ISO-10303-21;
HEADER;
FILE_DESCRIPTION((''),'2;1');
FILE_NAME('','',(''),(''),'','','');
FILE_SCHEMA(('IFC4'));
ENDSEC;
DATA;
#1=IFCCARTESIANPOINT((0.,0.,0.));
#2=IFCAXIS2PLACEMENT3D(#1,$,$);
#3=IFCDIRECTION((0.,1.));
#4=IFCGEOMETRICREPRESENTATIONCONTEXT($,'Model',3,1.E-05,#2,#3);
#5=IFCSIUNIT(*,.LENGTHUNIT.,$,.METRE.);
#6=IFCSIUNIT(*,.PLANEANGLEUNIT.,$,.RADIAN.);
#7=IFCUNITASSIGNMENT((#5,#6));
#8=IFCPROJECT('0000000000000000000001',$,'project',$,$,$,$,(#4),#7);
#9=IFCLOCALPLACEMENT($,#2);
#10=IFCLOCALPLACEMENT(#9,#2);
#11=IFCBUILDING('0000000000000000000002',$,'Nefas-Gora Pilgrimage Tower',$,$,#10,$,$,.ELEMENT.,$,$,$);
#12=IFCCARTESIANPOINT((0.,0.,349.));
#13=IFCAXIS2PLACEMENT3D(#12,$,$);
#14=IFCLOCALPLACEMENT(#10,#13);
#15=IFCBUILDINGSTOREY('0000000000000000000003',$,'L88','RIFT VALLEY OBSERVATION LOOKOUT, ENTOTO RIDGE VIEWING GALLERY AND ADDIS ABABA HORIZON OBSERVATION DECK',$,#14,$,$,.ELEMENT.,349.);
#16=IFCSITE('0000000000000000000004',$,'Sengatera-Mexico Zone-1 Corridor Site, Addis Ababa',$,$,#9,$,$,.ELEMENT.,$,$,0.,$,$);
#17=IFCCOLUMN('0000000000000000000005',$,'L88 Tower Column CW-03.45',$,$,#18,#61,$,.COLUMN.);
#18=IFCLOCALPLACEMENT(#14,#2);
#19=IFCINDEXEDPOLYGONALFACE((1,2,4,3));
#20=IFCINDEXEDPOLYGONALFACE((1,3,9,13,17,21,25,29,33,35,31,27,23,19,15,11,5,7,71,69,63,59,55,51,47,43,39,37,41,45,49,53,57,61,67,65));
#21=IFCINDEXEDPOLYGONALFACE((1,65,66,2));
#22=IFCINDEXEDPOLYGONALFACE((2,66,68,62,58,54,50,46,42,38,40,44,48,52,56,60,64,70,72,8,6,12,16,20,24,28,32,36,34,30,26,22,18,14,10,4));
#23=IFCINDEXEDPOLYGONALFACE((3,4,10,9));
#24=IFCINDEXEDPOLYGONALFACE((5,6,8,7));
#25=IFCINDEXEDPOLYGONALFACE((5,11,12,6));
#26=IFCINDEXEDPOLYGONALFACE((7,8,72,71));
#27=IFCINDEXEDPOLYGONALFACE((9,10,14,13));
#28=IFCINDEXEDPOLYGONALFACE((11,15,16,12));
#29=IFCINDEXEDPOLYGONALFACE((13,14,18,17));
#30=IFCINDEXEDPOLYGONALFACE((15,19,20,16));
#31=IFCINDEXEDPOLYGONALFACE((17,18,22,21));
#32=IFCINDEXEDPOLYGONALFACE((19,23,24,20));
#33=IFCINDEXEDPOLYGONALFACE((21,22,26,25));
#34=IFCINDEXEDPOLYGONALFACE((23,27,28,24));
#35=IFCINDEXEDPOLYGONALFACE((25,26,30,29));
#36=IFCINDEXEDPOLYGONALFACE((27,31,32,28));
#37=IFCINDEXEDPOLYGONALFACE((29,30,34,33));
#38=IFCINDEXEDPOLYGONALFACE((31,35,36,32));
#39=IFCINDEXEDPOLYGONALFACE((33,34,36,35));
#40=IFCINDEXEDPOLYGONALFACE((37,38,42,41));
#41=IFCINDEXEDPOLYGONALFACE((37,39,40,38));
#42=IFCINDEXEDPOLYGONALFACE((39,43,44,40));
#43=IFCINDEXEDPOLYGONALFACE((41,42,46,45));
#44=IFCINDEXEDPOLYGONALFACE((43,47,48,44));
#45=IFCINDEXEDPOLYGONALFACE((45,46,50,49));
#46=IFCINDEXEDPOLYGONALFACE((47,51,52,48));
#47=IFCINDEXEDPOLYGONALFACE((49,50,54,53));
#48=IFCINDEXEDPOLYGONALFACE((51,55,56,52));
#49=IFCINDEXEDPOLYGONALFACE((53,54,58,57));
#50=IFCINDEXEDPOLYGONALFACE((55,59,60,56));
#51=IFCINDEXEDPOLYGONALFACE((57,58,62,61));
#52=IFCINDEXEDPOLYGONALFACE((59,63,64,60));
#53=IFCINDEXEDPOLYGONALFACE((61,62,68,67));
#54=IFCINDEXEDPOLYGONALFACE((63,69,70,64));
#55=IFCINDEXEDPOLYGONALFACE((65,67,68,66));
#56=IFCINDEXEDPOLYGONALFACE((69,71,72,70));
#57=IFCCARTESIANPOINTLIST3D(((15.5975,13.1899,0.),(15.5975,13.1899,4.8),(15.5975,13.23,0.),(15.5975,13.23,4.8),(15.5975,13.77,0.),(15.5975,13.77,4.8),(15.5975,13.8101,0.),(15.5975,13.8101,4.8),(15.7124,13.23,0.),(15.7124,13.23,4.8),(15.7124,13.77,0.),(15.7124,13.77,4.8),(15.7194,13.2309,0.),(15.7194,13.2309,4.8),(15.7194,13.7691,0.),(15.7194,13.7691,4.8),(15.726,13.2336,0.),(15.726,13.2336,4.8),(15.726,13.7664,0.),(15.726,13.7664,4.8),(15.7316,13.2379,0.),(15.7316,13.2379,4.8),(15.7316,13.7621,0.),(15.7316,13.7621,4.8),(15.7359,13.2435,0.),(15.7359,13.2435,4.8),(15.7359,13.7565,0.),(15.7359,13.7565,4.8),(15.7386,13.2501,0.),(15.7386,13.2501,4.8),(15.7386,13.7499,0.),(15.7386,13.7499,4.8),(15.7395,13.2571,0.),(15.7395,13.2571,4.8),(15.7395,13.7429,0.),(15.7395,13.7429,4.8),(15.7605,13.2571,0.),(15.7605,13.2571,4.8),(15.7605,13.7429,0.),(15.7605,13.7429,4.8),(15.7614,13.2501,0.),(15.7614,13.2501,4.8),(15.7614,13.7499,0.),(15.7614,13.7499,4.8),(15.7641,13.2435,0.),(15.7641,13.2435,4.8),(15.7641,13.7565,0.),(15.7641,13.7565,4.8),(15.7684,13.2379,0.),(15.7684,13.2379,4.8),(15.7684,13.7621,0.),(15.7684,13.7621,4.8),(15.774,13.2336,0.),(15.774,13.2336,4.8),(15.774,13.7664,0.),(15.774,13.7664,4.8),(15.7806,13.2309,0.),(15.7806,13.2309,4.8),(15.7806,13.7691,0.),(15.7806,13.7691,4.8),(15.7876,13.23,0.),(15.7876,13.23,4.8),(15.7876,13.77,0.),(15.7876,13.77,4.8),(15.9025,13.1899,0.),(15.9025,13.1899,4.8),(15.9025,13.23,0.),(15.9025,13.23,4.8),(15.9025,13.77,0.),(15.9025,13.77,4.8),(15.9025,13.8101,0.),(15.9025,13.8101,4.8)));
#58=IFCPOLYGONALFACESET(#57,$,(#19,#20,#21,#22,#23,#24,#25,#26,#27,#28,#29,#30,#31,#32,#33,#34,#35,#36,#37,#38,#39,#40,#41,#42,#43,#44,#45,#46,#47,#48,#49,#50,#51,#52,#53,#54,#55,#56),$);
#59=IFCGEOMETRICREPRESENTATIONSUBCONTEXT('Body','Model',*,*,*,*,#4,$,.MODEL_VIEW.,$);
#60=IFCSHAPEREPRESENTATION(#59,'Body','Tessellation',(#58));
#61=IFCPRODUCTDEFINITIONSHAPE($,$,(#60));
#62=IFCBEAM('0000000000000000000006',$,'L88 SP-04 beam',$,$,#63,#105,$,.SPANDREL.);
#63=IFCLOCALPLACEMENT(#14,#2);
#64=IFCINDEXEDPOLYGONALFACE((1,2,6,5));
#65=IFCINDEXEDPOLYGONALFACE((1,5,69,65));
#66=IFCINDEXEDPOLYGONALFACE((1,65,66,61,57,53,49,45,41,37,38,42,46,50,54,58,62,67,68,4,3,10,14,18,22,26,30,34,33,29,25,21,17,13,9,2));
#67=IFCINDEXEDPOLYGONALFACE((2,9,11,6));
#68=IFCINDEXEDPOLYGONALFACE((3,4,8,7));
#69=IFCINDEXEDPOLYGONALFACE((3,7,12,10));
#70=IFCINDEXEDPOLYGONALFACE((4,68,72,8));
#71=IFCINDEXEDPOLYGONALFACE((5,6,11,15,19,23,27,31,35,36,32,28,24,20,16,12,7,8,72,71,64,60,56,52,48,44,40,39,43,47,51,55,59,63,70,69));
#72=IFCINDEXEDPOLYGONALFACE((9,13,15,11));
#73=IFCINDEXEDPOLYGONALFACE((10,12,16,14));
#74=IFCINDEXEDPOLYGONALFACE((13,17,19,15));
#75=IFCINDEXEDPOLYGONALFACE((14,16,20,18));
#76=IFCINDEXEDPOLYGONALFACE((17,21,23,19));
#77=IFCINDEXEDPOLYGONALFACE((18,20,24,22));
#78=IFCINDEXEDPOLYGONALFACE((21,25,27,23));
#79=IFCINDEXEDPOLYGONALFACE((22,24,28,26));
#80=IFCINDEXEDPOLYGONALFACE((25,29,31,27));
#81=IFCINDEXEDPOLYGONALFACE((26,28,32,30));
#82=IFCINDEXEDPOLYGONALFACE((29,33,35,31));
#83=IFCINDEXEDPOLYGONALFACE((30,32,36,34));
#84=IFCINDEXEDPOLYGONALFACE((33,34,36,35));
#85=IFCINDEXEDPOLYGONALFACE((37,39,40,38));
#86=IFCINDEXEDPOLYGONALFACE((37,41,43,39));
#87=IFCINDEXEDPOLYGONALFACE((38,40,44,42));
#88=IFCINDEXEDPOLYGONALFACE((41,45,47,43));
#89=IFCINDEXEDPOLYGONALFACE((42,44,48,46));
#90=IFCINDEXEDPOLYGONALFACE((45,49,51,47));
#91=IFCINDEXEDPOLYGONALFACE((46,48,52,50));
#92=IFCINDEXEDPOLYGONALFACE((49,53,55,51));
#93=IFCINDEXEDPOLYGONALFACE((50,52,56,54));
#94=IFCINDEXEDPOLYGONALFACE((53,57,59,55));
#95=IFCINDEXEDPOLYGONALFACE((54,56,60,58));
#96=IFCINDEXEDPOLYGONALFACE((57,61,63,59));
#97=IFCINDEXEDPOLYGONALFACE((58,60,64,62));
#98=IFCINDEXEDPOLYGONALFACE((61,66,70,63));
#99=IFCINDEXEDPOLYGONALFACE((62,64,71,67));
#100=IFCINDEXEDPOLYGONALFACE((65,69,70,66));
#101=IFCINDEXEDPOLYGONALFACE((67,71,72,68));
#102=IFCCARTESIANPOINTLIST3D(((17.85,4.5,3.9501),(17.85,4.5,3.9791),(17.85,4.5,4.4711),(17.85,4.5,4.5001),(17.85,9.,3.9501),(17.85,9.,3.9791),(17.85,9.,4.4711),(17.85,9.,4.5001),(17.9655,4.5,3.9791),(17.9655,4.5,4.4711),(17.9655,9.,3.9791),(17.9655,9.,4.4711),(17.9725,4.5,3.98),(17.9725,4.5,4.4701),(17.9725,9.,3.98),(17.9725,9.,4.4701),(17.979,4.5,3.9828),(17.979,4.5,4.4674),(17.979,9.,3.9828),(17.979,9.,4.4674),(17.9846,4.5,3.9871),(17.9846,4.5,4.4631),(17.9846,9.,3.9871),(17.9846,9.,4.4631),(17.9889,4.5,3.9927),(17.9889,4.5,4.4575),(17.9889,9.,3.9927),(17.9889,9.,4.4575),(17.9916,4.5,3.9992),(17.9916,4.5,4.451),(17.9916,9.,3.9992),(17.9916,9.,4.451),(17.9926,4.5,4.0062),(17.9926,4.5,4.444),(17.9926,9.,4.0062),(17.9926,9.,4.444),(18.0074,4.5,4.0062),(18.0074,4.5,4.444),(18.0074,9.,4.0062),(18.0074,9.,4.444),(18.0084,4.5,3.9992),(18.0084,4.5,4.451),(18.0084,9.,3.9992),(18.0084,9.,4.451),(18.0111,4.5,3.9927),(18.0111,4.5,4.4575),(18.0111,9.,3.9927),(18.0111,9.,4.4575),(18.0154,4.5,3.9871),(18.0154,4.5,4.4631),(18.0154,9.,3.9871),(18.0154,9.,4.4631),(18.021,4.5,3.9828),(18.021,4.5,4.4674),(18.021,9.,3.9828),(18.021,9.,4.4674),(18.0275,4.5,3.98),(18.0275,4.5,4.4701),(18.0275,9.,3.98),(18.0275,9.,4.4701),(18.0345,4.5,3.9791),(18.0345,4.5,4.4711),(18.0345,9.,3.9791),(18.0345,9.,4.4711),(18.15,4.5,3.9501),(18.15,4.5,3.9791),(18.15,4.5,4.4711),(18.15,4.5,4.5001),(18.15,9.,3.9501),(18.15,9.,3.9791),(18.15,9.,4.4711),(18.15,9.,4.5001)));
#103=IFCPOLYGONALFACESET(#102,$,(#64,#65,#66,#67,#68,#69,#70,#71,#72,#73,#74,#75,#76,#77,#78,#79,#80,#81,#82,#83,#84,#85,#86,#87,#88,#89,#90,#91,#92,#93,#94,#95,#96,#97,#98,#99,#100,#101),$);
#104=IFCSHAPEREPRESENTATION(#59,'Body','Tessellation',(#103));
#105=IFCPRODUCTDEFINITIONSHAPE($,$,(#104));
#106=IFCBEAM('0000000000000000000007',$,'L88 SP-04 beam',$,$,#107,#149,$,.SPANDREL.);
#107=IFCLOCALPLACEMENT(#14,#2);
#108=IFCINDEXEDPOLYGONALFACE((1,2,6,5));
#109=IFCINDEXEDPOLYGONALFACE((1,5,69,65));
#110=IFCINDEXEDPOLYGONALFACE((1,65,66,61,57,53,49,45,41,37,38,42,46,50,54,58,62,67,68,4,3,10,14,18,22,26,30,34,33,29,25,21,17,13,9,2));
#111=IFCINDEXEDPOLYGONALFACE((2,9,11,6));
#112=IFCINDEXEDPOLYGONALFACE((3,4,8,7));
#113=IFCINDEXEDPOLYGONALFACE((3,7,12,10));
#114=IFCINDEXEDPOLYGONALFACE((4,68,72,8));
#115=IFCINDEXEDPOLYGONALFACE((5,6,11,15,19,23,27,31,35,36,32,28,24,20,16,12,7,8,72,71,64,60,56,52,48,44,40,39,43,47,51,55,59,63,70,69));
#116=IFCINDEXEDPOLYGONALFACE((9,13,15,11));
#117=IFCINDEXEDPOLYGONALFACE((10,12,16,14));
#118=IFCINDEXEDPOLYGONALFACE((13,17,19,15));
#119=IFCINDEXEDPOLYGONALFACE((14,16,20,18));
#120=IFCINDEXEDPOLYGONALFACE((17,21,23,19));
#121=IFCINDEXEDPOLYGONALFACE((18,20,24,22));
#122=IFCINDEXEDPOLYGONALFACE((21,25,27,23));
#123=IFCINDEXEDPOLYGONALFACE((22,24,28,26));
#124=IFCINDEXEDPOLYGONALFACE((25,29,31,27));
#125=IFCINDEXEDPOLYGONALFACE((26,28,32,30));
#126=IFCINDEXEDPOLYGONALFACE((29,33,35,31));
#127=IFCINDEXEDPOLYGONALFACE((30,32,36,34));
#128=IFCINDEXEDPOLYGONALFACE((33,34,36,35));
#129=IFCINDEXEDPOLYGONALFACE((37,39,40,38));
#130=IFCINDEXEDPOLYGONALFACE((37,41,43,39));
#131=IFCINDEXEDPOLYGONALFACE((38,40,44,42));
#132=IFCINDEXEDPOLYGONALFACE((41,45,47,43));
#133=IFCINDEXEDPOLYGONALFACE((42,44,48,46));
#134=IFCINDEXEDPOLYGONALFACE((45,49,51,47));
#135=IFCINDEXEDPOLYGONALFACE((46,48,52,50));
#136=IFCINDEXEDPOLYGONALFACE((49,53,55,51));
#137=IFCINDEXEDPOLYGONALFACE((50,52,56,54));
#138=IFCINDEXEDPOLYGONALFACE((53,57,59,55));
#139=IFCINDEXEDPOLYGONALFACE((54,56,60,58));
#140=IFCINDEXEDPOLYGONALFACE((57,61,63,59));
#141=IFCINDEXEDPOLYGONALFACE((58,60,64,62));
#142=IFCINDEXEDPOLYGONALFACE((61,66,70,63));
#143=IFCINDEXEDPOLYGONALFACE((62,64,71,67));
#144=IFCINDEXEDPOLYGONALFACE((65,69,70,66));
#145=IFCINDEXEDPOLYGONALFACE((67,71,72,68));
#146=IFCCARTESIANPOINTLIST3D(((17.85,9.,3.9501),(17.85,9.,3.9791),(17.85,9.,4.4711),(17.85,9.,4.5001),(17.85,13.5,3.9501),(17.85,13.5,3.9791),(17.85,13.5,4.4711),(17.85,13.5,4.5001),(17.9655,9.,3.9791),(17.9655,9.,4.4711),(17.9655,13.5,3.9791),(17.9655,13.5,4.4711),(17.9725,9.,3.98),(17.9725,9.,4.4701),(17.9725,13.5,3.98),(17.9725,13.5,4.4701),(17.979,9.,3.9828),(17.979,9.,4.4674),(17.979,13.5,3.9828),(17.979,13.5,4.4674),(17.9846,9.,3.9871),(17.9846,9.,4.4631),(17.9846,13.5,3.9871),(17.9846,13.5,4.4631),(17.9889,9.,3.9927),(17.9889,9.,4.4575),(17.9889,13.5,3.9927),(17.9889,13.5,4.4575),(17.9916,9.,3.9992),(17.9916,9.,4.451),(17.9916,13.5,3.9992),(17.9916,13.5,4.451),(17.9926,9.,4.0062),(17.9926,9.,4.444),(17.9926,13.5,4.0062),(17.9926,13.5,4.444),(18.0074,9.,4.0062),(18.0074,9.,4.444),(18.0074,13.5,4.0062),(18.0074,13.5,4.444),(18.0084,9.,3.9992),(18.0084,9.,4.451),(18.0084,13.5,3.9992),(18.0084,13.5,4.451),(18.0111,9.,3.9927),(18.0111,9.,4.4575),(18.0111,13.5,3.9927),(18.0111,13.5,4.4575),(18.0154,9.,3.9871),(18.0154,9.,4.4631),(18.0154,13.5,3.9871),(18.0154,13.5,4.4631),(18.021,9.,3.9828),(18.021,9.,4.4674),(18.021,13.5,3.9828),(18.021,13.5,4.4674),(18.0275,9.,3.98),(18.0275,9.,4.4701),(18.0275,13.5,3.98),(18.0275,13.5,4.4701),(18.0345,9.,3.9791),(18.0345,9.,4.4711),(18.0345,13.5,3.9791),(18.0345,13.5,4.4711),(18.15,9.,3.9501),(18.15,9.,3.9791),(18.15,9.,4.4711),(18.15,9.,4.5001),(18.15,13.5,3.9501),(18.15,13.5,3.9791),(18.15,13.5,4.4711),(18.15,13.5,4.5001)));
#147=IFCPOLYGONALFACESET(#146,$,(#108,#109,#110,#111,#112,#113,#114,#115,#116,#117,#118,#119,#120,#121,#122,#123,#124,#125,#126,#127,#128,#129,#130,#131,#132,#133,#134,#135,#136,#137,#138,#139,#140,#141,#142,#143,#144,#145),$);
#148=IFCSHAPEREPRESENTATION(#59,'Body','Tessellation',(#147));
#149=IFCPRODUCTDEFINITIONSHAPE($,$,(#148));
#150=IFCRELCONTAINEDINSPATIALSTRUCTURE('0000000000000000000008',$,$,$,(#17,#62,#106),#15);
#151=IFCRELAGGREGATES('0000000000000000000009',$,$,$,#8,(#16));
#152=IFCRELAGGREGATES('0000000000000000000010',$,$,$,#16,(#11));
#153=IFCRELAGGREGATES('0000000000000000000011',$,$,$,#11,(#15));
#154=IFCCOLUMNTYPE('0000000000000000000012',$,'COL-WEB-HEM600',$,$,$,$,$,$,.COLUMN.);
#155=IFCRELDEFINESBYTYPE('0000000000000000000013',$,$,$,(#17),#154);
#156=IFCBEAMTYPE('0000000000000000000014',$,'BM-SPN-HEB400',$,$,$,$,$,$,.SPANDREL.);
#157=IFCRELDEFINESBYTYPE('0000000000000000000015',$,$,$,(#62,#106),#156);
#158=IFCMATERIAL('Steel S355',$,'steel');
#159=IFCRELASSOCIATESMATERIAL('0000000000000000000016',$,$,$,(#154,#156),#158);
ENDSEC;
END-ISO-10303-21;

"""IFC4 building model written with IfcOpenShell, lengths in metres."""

from ifc_helpers import new_model, si_unit, direction, frame, origin, origin_2d, place, context, subcontext, project, spatial, i_section, extrude, source, transform, mapped, material, material_profile, profile_set, type_object, element, save


model = new_model("IFC4")

# Units and contexts
model_context = context("Model", 3, precision=1e-05, world=origin(), true_north=direction((0.0, 1.0)))
body_context = subcontext(model_context, "Body", "Model", "MODEL_VIEW")
ifc_project = project(units=[si_unit("LENGTHUNIT", "METRE"), si_unit("PLANEANGLEUNIT", "RADIAN")], contexts=[model_context])

# Site, building, storey
site_placement = place(None, origin())
site = spatial("IfcSite", under=ifc_project, at=site_placement, Name="Sengatera-Mexico Zone-1 Corridor Site, Addis Ababa", CompositionType="ELEMENT", RefElevation=0.0)
building_placement = place(site_placement, origin())
building = spatial("IfcBuilding", under=site, at=building_placement, Name="Nefas-Gora Pilgrimage Tower", CompositionType="ELEMENT")
storey_placement = place(building_placement, frame((0.0, 0.0, 349.0)))
storey = spatial("IfcBuildingStorey", under=building, at=storey_placement, Name="L88", Description="RIFT VALLEY OBSERVATION LOOKOUT, ENTOTO RIDGE VIEWING GALLERY AND ADDIS ABABA HORIZON OBSERVATION DECK", CompositionType="ELEMENT", Elevation=349.0)

# Column
ifc_material_1 = material(Name="Steel S355", Category="steel")
ifc_material_profile_1 = material_profile(ifc_material_1, i_section(OverallWidth=0.3049, OverallDepth=0.6201, WebThickness=0.021, FlangeThickness=0.04, FilletRadius=0.0271, at=origin_2d()), Name="HEM 600")
ifc_profile_set_1 = profile_set([ifc_material_profile_1], Name="Steel S355")
column_type_1 = type_object("IfcColumnType", Name="COL-WEB-HEM600", PredefinedType="COLUMN", material=ifc_profile_set_1)
shared_shape_1 = source(origin(), body_context, "Body", "SweptSolid", [
    extrude(i_section(OverallWidth=0.3049, OverallDepth=0.6201, WebThickness=0.021, FlangeThickness=0.04, FilletRadius=0.0271, at=origin_2d()), origin(), (0.0, 0.0, 1.0), 4.8),
])
for number, where, z_axis, x_axis, name in (
    (1, (15.75, 13.5, 0.0), (0.0, 0.0, 1.0), (1.0, 0.0, 0.0), "L88 Tower Column CW-03.45"),
):
    element("IfcColumn", number, at=place(storey_placement, frame(where, z_axis=z_axis, x_axis=x_axis)), inside=storey, type_object=column_type_1, Name=name, PredefinedType="COLUMN", context=body_context, shape_type="MappedRepresentation", body=[
        mapped(shared_shape_1, transform((0.0, 0.0, 0.0), x_axis=(1.0, 0.0, 0.0), y_axis=(0.0, 1.0, 0.0), z_axis=(0.0, 0.0, 1.0), scale=1.0)),
    ])

# Beams
ifc_material_profile_2 = material_profile(ifc_material_1, i_section(OverallWidth=0.3, OverallDepth=0.55, WebThickness=0.0149, FlangeThickness=0.0291, FilletRadius=0.0271, at=origin_2d()), Name="HEB 550")
ifc_profile_set_2 = profile_set([ifc_material_profile_2], Name="Steel S355")
beam_type_1 = type_object("IfcBeamType", Name="BM-SPN-HEB400", PredefinedType="SPANDREL", material=ifc_profile_set_2)
shared_shape_2 = source(origin(), body_context, "Body", "SweptSolid", [
    extrude(i_section(OverallWidth=0.3, OverallDepth=0.55, WebThickness=0.0149, FlangeThickness=0.0291, FilletRadius=0.0271, at=origin_2d()), origin(), (0.0, 0.0, 1.0), 4.5),
])
for number, where, z_axis, x_axis, name in (
    (2, (18.0, 4.5, 4.2251), (0.0, 1.0, 0.0), (-1.0, 0.0, 0.0), "L88 SP-04 beam"),
    (3, (18.0, 9.0, 4.2251), (0.0, 1.0, 0.0), (-1.0, 0.0, 0.0), "L88 SP-04 beam"),
):
    element("IfcBeam", number, at=place(storey_placement, frame(where, z_axis=z_axis, x_axis=x_axis)), inside=storey, type_object=beam_type_1, Name=name, PredefinedType="SPANDREL", context=body_context, shape_type="MappedRepresentation", body=[
        mapped(shared_shape_2, transform((0.0, 0.0, 0.0), x_axis=(1.0, 0.0, 0.0), y_axis=(0.0, 1.0, 0.0), z_axis=(0.0, 0.0, 1.0), scale=1.0)),
    ])

save(model, "model.ifc")
